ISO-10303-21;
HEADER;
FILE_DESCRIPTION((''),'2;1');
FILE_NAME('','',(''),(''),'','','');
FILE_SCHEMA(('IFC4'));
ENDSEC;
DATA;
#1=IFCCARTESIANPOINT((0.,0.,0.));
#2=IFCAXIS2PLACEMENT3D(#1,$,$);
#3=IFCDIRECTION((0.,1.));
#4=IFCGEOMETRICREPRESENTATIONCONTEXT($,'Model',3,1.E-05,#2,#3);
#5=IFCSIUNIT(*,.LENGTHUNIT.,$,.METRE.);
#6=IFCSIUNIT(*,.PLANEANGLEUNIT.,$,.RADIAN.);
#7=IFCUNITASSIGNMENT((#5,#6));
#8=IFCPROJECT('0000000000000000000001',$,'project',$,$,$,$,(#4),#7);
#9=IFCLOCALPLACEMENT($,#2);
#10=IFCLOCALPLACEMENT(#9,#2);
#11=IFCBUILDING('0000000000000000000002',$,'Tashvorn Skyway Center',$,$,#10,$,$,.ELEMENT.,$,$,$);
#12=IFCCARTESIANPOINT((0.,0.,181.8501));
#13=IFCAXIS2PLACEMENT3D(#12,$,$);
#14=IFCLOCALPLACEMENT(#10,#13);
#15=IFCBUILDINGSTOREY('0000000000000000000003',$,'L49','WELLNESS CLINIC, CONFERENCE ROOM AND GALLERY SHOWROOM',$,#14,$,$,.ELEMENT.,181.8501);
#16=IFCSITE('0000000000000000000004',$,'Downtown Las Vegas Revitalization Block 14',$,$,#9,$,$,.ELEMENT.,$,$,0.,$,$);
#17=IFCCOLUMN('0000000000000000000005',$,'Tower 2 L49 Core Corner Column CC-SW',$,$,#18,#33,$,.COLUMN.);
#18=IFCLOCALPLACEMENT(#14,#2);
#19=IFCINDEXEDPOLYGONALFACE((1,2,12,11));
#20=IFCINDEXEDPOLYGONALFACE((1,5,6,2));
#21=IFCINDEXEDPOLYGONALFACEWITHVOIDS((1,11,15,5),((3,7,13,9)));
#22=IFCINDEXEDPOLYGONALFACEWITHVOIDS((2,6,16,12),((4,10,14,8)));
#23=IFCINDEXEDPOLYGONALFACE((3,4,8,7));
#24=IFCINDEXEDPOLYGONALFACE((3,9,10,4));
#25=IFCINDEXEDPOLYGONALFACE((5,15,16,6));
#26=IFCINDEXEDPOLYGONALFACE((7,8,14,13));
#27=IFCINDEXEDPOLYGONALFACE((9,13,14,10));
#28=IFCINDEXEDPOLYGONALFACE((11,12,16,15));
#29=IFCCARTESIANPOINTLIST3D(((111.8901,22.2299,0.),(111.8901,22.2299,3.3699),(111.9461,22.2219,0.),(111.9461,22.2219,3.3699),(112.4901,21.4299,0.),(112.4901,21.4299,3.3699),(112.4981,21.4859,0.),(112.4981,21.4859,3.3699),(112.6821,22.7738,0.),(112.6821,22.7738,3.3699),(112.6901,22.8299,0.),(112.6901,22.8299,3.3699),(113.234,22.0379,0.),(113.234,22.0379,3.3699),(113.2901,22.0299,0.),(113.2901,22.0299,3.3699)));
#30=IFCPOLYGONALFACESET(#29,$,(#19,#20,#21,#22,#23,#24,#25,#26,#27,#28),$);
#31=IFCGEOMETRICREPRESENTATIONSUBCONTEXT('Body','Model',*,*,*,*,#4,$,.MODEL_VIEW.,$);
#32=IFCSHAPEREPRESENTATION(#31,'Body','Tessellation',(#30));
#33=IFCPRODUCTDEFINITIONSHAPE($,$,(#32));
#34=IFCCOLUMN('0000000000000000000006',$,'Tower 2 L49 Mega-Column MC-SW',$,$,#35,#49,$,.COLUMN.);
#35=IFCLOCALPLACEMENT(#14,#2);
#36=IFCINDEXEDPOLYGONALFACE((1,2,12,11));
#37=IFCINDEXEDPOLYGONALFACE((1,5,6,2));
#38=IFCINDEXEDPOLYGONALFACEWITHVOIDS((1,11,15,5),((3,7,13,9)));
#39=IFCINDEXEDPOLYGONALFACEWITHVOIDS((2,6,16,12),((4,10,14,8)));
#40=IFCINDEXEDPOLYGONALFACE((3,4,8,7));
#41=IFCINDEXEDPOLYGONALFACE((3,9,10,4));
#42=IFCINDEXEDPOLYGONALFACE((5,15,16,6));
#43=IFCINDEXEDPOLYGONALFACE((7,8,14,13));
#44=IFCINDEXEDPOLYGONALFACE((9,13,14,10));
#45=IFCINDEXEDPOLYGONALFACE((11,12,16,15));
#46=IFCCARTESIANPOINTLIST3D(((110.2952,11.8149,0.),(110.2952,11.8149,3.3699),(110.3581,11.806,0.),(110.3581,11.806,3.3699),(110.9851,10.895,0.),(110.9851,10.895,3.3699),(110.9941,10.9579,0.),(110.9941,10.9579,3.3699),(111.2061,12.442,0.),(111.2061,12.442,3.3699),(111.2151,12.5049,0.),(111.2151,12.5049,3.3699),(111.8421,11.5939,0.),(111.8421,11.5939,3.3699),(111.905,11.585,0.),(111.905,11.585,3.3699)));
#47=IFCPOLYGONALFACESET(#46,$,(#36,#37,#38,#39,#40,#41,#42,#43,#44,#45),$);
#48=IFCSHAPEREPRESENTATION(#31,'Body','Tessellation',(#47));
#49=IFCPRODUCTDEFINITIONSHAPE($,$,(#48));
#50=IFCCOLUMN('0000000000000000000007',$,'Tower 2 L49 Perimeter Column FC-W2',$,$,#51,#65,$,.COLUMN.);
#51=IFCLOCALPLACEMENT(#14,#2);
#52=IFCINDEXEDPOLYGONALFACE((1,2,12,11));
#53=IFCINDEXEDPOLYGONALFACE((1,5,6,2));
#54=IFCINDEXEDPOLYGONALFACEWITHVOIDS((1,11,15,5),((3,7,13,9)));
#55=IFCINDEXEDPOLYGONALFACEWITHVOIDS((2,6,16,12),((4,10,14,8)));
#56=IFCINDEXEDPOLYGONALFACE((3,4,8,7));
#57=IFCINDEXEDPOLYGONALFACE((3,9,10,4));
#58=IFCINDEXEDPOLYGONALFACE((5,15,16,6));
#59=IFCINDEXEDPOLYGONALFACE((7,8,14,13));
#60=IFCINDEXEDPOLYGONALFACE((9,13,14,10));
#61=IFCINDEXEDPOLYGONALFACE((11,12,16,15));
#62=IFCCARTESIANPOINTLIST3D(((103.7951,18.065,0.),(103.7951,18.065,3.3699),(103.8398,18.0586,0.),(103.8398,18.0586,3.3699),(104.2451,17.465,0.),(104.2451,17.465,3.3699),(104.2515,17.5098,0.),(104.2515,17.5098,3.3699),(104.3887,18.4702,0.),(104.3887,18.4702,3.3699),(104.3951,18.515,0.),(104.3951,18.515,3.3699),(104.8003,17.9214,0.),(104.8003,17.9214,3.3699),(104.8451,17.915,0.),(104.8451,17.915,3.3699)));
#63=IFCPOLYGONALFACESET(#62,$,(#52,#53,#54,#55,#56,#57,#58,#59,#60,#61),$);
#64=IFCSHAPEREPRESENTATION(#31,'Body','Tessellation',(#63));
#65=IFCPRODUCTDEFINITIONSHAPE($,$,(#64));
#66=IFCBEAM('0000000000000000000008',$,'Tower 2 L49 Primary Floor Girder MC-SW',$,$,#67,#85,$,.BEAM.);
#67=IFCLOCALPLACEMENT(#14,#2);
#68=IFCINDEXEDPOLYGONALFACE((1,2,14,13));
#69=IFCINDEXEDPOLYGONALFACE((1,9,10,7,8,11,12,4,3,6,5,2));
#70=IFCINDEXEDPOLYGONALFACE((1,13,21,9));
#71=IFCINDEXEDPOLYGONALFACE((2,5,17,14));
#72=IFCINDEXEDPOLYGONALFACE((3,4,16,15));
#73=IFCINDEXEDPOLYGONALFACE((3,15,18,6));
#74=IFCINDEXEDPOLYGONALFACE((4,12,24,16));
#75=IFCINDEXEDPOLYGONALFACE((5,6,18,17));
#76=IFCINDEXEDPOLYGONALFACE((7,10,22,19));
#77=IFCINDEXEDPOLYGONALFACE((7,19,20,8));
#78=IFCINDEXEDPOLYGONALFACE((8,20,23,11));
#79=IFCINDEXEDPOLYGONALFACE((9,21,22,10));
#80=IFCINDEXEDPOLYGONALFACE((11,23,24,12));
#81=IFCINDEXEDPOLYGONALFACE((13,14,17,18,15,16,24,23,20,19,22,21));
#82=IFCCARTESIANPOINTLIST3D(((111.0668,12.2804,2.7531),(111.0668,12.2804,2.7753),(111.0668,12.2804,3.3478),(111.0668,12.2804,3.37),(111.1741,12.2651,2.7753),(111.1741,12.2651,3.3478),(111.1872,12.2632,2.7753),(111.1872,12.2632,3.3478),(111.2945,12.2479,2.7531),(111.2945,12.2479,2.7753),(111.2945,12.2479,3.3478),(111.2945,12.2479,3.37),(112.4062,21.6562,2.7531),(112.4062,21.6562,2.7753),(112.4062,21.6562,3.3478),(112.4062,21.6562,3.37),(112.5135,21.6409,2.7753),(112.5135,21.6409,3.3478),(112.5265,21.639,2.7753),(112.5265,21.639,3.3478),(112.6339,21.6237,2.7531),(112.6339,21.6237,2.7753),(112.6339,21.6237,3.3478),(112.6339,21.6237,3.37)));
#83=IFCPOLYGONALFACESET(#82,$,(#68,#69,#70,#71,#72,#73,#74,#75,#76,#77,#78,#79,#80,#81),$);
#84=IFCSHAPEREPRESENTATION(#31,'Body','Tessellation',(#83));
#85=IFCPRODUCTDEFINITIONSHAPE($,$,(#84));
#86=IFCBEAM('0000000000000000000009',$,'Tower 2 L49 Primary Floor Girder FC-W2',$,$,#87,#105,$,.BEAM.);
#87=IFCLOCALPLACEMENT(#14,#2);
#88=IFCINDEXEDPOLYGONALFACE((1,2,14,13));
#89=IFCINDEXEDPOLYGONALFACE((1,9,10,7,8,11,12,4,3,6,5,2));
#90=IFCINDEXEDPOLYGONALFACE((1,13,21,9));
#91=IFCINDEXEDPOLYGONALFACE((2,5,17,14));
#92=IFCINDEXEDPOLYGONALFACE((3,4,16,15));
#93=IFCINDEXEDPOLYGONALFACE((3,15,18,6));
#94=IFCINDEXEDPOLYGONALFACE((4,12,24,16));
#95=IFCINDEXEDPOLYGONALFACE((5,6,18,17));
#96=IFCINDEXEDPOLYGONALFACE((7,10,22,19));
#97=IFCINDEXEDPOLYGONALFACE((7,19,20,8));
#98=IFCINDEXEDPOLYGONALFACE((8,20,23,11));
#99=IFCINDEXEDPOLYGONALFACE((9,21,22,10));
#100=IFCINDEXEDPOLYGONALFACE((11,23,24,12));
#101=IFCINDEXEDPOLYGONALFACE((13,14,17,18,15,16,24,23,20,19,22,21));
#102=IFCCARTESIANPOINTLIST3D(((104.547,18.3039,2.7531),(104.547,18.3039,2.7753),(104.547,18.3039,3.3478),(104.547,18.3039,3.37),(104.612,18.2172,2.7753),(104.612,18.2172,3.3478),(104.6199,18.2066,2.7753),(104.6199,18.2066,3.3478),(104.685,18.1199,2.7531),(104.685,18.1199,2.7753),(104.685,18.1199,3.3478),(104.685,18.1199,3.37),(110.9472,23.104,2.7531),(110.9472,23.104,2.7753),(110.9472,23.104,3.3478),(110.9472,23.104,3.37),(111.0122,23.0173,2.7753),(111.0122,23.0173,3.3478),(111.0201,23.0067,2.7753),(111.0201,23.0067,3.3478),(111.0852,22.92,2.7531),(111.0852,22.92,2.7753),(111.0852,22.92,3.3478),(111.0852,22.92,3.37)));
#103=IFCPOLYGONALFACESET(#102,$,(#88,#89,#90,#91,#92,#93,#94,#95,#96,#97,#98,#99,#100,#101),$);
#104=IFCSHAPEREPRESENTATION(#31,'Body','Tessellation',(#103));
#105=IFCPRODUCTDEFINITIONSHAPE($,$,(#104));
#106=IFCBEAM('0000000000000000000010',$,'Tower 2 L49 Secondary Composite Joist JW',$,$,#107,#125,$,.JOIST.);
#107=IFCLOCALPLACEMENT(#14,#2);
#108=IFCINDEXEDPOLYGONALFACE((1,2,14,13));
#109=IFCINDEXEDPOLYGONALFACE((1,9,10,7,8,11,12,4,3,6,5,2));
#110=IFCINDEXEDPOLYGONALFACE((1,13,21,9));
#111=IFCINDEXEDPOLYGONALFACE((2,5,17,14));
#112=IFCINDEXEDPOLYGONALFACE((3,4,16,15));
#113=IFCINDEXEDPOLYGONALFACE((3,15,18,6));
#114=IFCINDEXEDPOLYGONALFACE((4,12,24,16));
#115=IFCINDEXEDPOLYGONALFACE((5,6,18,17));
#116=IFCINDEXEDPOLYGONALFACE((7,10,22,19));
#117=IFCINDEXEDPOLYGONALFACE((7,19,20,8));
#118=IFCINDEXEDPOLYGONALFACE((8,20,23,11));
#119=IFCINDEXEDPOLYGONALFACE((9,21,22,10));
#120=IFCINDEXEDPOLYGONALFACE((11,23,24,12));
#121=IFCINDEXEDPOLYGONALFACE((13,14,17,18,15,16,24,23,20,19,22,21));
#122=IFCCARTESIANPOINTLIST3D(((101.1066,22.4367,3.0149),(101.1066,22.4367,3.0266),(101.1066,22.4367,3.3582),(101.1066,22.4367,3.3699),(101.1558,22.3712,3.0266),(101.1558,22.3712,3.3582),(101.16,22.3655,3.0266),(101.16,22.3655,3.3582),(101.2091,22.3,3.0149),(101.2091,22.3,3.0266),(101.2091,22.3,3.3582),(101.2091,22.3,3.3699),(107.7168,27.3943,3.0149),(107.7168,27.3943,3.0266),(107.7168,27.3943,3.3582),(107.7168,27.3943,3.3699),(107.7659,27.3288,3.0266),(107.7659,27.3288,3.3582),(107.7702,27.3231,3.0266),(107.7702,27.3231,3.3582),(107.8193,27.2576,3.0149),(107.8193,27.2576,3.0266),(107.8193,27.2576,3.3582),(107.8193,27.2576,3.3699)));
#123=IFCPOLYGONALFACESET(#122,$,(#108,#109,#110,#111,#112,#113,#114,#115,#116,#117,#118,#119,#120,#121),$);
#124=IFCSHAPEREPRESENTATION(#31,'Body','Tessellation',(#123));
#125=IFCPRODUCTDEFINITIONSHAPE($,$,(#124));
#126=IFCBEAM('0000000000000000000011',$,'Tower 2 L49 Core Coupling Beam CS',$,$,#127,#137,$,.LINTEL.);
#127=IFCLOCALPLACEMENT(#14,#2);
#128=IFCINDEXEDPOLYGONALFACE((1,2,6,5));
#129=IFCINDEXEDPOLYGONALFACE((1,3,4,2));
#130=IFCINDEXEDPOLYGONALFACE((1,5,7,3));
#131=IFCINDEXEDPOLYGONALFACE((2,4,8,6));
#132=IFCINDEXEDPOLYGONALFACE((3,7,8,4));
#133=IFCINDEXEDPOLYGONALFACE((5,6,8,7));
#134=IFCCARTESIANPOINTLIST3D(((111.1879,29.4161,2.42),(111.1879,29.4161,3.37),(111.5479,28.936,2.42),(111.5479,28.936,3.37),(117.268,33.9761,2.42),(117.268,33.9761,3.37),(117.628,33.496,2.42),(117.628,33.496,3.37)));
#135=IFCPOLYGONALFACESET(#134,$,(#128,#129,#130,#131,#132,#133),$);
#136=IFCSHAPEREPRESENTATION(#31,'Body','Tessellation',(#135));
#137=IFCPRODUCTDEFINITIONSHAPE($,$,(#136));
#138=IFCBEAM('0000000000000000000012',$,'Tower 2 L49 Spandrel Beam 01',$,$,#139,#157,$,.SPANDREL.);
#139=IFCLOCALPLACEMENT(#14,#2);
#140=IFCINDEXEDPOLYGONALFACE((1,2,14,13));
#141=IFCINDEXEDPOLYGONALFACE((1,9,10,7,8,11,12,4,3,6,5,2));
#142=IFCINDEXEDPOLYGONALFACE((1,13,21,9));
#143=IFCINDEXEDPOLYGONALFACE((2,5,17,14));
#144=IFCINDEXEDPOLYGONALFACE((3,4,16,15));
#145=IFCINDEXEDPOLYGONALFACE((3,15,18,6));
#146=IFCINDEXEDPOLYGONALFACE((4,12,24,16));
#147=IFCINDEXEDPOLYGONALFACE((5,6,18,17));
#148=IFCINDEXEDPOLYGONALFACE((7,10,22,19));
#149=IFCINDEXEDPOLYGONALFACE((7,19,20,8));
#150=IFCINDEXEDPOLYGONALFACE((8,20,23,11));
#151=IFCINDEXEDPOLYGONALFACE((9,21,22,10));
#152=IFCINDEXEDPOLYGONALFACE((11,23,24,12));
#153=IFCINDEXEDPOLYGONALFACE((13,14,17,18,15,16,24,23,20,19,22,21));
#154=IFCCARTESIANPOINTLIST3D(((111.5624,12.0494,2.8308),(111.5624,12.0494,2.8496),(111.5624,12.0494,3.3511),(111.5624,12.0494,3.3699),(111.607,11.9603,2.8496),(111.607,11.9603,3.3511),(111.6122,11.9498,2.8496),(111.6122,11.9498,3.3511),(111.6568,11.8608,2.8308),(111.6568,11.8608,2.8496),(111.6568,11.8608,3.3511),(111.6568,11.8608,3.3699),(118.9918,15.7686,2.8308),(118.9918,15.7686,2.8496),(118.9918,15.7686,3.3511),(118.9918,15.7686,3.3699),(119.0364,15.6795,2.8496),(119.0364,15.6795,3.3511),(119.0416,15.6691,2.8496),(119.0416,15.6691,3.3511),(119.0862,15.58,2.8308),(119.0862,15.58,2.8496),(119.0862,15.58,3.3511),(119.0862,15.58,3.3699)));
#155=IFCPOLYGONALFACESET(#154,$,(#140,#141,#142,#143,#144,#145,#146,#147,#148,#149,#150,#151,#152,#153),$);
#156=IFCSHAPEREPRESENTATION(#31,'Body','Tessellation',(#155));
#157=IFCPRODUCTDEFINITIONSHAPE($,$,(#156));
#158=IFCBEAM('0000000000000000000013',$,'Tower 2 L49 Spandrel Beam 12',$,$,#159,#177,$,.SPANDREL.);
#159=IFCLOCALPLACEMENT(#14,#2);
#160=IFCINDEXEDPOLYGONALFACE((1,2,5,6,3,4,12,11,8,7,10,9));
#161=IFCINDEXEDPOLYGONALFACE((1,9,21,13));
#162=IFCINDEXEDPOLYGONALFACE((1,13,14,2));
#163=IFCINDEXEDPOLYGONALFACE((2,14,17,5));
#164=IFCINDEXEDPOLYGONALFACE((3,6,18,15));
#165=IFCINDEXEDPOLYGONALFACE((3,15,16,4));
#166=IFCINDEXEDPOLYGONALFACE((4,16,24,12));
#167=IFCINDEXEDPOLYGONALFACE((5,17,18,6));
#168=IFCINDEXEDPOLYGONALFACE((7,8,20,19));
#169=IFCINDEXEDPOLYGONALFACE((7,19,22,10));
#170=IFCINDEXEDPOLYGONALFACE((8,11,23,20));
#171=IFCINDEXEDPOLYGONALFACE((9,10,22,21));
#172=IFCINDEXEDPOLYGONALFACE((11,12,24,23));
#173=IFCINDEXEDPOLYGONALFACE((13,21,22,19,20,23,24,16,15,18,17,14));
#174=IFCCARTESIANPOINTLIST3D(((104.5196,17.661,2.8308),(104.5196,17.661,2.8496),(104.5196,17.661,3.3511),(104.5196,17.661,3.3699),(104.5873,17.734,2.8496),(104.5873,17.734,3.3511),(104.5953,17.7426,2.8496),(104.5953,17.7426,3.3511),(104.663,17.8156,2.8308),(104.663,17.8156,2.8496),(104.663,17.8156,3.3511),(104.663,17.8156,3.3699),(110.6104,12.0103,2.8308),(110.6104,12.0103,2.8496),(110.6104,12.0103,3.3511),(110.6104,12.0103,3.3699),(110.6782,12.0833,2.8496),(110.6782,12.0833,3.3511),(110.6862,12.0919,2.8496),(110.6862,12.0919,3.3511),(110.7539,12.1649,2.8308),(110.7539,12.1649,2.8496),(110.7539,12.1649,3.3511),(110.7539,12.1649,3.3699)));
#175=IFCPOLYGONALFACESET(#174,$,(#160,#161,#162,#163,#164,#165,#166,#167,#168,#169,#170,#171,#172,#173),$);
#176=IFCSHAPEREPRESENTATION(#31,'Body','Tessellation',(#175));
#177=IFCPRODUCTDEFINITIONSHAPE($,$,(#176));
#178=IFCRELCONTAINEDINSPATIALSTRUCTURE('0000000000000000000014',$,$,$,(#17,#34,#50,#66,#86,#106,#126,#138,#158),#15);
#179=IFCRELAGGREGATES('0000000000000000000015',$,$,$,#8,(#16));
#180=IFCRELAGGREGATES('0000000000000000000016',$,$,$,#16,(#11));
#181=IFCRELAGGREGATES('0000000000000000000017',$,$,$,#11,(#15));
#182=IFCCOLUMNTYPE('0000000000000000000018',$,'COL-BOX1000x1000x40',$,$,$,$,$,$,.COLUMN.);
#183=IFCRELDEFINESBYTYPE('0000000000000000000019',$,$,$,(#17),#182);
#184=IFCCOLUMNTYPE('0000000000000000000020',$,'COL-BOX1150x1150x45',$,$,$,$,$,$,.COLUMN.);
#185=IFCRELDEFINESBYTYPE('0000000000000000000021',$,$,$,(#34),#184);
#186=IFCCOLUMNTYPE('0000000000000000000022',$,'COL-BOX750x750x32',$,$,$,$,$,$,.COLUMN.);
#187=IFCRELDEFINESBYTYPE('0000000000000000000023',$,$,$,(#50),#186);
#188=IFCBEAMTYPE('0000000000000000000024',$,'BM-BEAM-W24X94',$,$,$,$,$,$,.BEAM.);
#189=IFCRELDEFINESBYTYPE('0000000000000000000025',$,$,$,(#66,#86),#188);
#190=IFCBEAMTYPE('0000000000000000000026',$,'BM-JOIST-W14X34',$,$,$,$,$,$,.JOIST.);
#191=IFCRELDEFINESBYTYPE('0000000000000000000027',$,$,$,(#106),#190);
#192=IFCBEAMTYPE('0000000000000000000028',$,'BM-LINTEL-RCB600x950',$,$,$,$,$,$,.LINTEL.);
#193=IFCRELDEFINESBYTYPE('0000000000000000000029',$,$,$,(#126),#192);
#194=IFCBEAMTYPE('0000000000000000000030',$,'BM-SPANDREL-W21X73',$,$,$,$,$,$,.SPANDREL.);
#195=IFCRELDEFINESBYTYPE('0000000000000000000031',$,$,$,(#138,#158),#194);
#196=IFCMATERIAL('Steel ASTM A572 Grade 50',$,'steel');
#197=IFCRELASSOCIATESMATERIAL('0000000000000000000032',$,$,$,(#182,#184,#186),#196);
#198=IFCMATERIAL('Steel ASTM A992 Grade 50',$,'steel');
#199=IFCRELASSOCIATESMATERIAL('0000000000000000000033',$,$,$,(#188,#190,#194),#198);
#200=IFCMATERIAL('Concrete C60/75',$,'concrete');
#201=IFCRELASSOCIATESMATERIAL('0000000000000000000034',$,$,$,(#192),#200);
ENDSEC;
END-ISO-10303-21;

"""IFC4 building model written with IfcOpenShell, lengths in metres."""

from ifc_helpers import new_model, si_unit, direction, frame, origin, origin_2d, place, context, subcontext, project, spatial, rectangle, hollow_rectangle, i_section, extrude, material, material_profile, profile_set, type_object, element, save


model = new_model("IFC4")

# Units and contexts
model_context = context("Model", 3, precision=1e-05, world=origin(), true_north=direction((0.0, 1.0)))
body_context = subcontext(model_context, "Body", "Model", "MODEL_VIEW")
ifc_project = project(units=[si_unit("LENGTHUNIT", "METRE"), si_unit("PLANEANGLEUNIT", "RADIAN")], contexts=[model_context])

# Site, building, storey
site_placement = place(None, origin())
site = spatial("IfcSite", under=ifc_project, at=site_placement, Name="Downtown Las Vegas Revitalization Block 14", CompositionType="ELEMENT", RefElevation=0.0)
building_placement = place(site_placement, origin())
building = spatial("IfcBuilding", under=site, at=building_placement, Name="Tashvorn Skyway Center", CompositionType="ELEMENT")
storey_placement = place(building_placement, frame((0.0, 0.0, 181.8501)))
storey = spatial("IfcBuildingStorey", under=building, at=storey_placement, Name="L49", Description="WELLNESS CLINIC, CONFERENCE ROOM AND GALLERY SHOWROOM", CompositionType="ELEMENT", Elevation=181.8501)

# Columns
ifc_material_1 = material(Name="Steel ASTM A572 Grade 50", Category="steel")
ifc_material_profile_1 = material_profile(ifc_material_1, hollow_rectangle(XDim=1.0, YDim=1.0, WallThickness=0.04, at=origin_2d()), Name="BOX1000x1000x40")
ifc_profile_set_1 = profile_set([ifc_material_profile_1], Name="Steel ASTM A572 Grade 50")
column_type_1 = type_object("IfcColumnType", Name="COL-BOX1000x1000x40", PredefinedType="COLUMN", material=ifc_profile_set_1)
column_1_placement = place(storey_placement, frame((112.5901, 22.1299, 0.0), z_axis=(0.0, 0.0, 1.0), x_axis=(0.8, 0.6, 0.0)))
element("IfcColumn", 1, at=column_1_placement, inside=storey, type_object=column_type_1, Name="Tower 2 L49 Core Corner Column CC-SW", PredefinedType="COLUMN", context=body_context, shape_type="SweptSolid", body=[
    extrude(hollow_rectangle(XDim=1.0, YDim=1.0, WallThickness=0.04, at=origin_2d()), origin(), (0.0, 0.0, 1.0), 3.3699),
])
ifc_material_profile_2 = material_profile(ifc_material_1, hollow_rectangle(XDim=1.1499, YDim=1.1499, WallThickness=0.0449, at=origin_2d()), Name="BOX1150x1150x45")
ifc_profile_set_2 = profile_set([ifc_material_profile_2], Name="Steel ASTM A572 Grade 50")
column_type_2 = type_object("IfcColumnType", Name="COL-BOX1150x1150x45", PredefinedType="COLUMN", material=ifc_profile_set_2)
column_2_placement = place(storey_placement, frame((111.1001, 11.7, 0.0), z_axis=(0.0, 0.0, 1.0), x_axis=(0.8, 0.6, 0.0)))
element("IfcColumn", 2, at=column_2_placement, inside=storey, type_object=column_type_2, Name="Tower 2 L49 Mega-Column MC-SW", PredefinedType="COLUMN", context=body_context, shape_type="SweptSolid", body=[
    extrude(hollow_rectangle(XDim=1.1499, YDim=1.1499, WallThickness=0.0449, at=origin_2d()), origin(), (0.0, 0.0, 1.0), 3.3699),
])
ifc_material_profile_3 = material_profile(ifc_material_1, hollow_rectangle(XDim=0.75, YDim=0.75, WallThickness=0.032, at=origin_2d()), Name="BOX750x750x32")
ifc_profile_set_3 = profile_set([ifc_material_profile_3], Name="Steel ASTM A572 Grade 50")
column_type_3 = type_object("IfcColumnType", Name="COL-BOX750x750x32", PredefinedType="COLUMN", material=ifc_profile_set_3)
column_3_placement = place(storey_placement, frame((104.3201, 17.99, 0.0), z_axis=(0.0, 0.0, 1.0), x_axis=(0.8, 0.6, 0.0)))
element("IfcColumn", 3, at=column_3_placement, inside=storey, type_object=column_type_3, Name="Tower 2 L49 Perimeter Column FC-W2", PredefinedType="COLUMN", context=body_context, shape_type="SweptSolid", body=[
    extrude(hollow_rectangle(XDim=0.75, YDim=0.75, WallThickness=0.032, at=origin_2d()), origin(), (0.0, 0.0, 1.0), 3.3699),
])

# Beams
ifc_material_2 = material(Name="Steel ASTM A992 Grade 50", Category="steel")
ifc_material_profile_4 = material_profile(ifc_material_2, i_section(OverallWidth=0.23, OverallDepth=0.6169, WebThickness=0.0132, FlangeThickness=0.0222, at=origin_2d()), Name="W24X94")
ifc_profile_set_4 = profile_set([ifc_material_profile_4], Name="Steel ASTM A992 Grade 50")
beam_type_1 = type_object("IfcBeamType", Name="BM-BEAM-W24X94", PredefinedType="BEAM", material=ifc_profile_set_4)
beam_1_placement = place(storey_placement, frame((111.1807, 12.2642, 3.0615), z_axis=(0.141418, 0.98995, 0.0), x_axis=(-0.98995, 0.141418, 0.0)))
element("IfcBeam", 4, at=beam_1_placement, inside=storey, type_object=beam_type_1, Name="Tower 2 L49 Primary Floor Girder MC-SW", PredefinedType="BEAM", context=body_context, shape_type="SweptSolid", body=[
    extrude(i_section(OverallWidth=0.23, OverallDepth=0.6169, WebThickness=0.0132, FlangeThickness=0.0222, at=origin_2d()), origin(), (0.0, 0.0, 1.0), 9.4709),
])
beam_2_placement = place(storey_placement, frame((104.616, 18.2119, 3.0615), z_axis=(0.800004, 0.599995, 0.0), x_axis=(-0.599995, 0.800004, 0.0)))
element("IfcBeam", 5, at=beam_2_placement, inside=storey, type_object=beam_type_1, Name="Tower 2 L49 Primary Floor Girder FC-W2", PredefinedType="BEAM", context=body_context, shape_type="SweptSolid", body=[
    extrude(i_section(OverallWidth=0.23, OverallDepth=0.6169, WebThickness=0.0132, FlangeThickness=0.0222, at=origin_2d()), origin(), (0.0, 0.0, 1.0), 8.0002),
])
ifc_material_profile_5 = material_profile(ifc_material_2, i_section(OverallWidth=0.1709, OverallDepth=0.355, WebThickness=0.0071, FlangeThickness=0.0117, at=origin_2d()), Name="W14X34")
ifc_profile_set_5 = profile_set([ifc_material_profile_5], Name="Steel ASTM A992 Grade 50")
beam_type_2 = type_object("IfcBeamType", Name="BM-JOIST-W14X34", PredefinedType="JOIST", material=ifc_profile_set_5)
beam_3_placement = place(storey_placement, frame((107.7681, 27.3259, 3.1924), z_axis=(-0.800004, -0.599995, 0.0), x_axis=(0.599995, -0.800004, 0.0)))
element("IfcBeam", 6, at=beam_3_placement, inside=storey, type_object=beam_type_2, Name="Tower 2 L49 Secondary Composite Joist JW", PredefinedType="JOIST", context=body_context, shape_type="SweptSolid", body=[
    extrude(i_section(OverallWidth=0.1709, OverallDepth=0.355, WebThickness=0.0071, FlangeThickness=0.0117, at=origin_2d()), origin(), (0.0, 0.0, 1.0), 8.2627),
])
ifc_material_3 = material(Name="Concrete C60/75", Category="concrete")
ifc_material_profile_6 = material_profile(ifc_material_3, rectangle(XDim=0.6001, YDim=0.95, at=origin_2d()), Name="RCB600x950")
ifc_profile_set_6 = profile_set([ifc_material_profile_6], Name="Concrete C60/75")
beam_type_3 = type_object("IfcBeamType", Name="BM-LINTEL-RCB600x950", PredefinedType="LINTEL", material=ifc_profile_set_6)
beam_4_placement = place(storey_placement, frame((111.3679, 29.176, 2.895), z_axis=(0.8, 0.6, 0.0), x_axis=(-0.6, 0.8, 0.0)))
element("IfcBeam", 7, at=beam_4_placement, inside=storey, type_object=beam_type_3, Name="Tower 2 L49 Core Coupling Beam CS", PredefinedType="LINTEL", context=body_context, shape_type="SweptSolid", body=[
    extrude(rectangle(XDim=0.6001, YDim=0.95, at=origin_2d()), origin(), (0.0, 0.0, 1.0), 7.6001),
])
ifc_material_profile_7 = material_profile(ifc_material_2, i_section(OverallWidth=0.2109, OverallDepth=0.5391, WebThickness=0.0117, FlangeThickness=0.0188, at=origin_2d()), Name="W21X73")
ifc_profile_set_7 = profile_set([ifc_material_profile_7], Name="Steel ASTM A992 Grade 50")
beam_type_4 = type_object("IfcBeamType", Name="BM-SPANDREL-W21X73", PredefinedType="SPANDREL", material=ifc_profile_set_7)
for number, where, z_axis, x_axis, name in (
    (8, (111.6096, 11.9551, 3.1003), (0.89421, 0.447648, 0.0), (-0.447648, 0.89421, 0.0), "Tower 2 L49 Spandrel Beam 01"),
    (9, (104.5913, 17.7383, 3.1003), (0.733101, -0.68012, 0.0), (0.68012, 0.733101, 0.0), "Tower 2 L49 Spandrel Beam 12"),
):
    element("IfcBeam", number, at=place(storey_placement, frame(where, z_axis=z_axis, x_axis=x_axis)), inside=storey, type_object=beam_type_4, Name=name, PredefinedType="SPANDREL", context=body_context, shape_type="SweptSolid", body=[
        extrude(i_section(OverallWidth=0.2109, OverallDepth=0.5391, WebThickness=0.0117, FlangeThickness=0.0188, at=origin_2d()), origin(), (0.0, 0.0, 1.0), 8.3083),
    ])

save(model, "model.ifc")
